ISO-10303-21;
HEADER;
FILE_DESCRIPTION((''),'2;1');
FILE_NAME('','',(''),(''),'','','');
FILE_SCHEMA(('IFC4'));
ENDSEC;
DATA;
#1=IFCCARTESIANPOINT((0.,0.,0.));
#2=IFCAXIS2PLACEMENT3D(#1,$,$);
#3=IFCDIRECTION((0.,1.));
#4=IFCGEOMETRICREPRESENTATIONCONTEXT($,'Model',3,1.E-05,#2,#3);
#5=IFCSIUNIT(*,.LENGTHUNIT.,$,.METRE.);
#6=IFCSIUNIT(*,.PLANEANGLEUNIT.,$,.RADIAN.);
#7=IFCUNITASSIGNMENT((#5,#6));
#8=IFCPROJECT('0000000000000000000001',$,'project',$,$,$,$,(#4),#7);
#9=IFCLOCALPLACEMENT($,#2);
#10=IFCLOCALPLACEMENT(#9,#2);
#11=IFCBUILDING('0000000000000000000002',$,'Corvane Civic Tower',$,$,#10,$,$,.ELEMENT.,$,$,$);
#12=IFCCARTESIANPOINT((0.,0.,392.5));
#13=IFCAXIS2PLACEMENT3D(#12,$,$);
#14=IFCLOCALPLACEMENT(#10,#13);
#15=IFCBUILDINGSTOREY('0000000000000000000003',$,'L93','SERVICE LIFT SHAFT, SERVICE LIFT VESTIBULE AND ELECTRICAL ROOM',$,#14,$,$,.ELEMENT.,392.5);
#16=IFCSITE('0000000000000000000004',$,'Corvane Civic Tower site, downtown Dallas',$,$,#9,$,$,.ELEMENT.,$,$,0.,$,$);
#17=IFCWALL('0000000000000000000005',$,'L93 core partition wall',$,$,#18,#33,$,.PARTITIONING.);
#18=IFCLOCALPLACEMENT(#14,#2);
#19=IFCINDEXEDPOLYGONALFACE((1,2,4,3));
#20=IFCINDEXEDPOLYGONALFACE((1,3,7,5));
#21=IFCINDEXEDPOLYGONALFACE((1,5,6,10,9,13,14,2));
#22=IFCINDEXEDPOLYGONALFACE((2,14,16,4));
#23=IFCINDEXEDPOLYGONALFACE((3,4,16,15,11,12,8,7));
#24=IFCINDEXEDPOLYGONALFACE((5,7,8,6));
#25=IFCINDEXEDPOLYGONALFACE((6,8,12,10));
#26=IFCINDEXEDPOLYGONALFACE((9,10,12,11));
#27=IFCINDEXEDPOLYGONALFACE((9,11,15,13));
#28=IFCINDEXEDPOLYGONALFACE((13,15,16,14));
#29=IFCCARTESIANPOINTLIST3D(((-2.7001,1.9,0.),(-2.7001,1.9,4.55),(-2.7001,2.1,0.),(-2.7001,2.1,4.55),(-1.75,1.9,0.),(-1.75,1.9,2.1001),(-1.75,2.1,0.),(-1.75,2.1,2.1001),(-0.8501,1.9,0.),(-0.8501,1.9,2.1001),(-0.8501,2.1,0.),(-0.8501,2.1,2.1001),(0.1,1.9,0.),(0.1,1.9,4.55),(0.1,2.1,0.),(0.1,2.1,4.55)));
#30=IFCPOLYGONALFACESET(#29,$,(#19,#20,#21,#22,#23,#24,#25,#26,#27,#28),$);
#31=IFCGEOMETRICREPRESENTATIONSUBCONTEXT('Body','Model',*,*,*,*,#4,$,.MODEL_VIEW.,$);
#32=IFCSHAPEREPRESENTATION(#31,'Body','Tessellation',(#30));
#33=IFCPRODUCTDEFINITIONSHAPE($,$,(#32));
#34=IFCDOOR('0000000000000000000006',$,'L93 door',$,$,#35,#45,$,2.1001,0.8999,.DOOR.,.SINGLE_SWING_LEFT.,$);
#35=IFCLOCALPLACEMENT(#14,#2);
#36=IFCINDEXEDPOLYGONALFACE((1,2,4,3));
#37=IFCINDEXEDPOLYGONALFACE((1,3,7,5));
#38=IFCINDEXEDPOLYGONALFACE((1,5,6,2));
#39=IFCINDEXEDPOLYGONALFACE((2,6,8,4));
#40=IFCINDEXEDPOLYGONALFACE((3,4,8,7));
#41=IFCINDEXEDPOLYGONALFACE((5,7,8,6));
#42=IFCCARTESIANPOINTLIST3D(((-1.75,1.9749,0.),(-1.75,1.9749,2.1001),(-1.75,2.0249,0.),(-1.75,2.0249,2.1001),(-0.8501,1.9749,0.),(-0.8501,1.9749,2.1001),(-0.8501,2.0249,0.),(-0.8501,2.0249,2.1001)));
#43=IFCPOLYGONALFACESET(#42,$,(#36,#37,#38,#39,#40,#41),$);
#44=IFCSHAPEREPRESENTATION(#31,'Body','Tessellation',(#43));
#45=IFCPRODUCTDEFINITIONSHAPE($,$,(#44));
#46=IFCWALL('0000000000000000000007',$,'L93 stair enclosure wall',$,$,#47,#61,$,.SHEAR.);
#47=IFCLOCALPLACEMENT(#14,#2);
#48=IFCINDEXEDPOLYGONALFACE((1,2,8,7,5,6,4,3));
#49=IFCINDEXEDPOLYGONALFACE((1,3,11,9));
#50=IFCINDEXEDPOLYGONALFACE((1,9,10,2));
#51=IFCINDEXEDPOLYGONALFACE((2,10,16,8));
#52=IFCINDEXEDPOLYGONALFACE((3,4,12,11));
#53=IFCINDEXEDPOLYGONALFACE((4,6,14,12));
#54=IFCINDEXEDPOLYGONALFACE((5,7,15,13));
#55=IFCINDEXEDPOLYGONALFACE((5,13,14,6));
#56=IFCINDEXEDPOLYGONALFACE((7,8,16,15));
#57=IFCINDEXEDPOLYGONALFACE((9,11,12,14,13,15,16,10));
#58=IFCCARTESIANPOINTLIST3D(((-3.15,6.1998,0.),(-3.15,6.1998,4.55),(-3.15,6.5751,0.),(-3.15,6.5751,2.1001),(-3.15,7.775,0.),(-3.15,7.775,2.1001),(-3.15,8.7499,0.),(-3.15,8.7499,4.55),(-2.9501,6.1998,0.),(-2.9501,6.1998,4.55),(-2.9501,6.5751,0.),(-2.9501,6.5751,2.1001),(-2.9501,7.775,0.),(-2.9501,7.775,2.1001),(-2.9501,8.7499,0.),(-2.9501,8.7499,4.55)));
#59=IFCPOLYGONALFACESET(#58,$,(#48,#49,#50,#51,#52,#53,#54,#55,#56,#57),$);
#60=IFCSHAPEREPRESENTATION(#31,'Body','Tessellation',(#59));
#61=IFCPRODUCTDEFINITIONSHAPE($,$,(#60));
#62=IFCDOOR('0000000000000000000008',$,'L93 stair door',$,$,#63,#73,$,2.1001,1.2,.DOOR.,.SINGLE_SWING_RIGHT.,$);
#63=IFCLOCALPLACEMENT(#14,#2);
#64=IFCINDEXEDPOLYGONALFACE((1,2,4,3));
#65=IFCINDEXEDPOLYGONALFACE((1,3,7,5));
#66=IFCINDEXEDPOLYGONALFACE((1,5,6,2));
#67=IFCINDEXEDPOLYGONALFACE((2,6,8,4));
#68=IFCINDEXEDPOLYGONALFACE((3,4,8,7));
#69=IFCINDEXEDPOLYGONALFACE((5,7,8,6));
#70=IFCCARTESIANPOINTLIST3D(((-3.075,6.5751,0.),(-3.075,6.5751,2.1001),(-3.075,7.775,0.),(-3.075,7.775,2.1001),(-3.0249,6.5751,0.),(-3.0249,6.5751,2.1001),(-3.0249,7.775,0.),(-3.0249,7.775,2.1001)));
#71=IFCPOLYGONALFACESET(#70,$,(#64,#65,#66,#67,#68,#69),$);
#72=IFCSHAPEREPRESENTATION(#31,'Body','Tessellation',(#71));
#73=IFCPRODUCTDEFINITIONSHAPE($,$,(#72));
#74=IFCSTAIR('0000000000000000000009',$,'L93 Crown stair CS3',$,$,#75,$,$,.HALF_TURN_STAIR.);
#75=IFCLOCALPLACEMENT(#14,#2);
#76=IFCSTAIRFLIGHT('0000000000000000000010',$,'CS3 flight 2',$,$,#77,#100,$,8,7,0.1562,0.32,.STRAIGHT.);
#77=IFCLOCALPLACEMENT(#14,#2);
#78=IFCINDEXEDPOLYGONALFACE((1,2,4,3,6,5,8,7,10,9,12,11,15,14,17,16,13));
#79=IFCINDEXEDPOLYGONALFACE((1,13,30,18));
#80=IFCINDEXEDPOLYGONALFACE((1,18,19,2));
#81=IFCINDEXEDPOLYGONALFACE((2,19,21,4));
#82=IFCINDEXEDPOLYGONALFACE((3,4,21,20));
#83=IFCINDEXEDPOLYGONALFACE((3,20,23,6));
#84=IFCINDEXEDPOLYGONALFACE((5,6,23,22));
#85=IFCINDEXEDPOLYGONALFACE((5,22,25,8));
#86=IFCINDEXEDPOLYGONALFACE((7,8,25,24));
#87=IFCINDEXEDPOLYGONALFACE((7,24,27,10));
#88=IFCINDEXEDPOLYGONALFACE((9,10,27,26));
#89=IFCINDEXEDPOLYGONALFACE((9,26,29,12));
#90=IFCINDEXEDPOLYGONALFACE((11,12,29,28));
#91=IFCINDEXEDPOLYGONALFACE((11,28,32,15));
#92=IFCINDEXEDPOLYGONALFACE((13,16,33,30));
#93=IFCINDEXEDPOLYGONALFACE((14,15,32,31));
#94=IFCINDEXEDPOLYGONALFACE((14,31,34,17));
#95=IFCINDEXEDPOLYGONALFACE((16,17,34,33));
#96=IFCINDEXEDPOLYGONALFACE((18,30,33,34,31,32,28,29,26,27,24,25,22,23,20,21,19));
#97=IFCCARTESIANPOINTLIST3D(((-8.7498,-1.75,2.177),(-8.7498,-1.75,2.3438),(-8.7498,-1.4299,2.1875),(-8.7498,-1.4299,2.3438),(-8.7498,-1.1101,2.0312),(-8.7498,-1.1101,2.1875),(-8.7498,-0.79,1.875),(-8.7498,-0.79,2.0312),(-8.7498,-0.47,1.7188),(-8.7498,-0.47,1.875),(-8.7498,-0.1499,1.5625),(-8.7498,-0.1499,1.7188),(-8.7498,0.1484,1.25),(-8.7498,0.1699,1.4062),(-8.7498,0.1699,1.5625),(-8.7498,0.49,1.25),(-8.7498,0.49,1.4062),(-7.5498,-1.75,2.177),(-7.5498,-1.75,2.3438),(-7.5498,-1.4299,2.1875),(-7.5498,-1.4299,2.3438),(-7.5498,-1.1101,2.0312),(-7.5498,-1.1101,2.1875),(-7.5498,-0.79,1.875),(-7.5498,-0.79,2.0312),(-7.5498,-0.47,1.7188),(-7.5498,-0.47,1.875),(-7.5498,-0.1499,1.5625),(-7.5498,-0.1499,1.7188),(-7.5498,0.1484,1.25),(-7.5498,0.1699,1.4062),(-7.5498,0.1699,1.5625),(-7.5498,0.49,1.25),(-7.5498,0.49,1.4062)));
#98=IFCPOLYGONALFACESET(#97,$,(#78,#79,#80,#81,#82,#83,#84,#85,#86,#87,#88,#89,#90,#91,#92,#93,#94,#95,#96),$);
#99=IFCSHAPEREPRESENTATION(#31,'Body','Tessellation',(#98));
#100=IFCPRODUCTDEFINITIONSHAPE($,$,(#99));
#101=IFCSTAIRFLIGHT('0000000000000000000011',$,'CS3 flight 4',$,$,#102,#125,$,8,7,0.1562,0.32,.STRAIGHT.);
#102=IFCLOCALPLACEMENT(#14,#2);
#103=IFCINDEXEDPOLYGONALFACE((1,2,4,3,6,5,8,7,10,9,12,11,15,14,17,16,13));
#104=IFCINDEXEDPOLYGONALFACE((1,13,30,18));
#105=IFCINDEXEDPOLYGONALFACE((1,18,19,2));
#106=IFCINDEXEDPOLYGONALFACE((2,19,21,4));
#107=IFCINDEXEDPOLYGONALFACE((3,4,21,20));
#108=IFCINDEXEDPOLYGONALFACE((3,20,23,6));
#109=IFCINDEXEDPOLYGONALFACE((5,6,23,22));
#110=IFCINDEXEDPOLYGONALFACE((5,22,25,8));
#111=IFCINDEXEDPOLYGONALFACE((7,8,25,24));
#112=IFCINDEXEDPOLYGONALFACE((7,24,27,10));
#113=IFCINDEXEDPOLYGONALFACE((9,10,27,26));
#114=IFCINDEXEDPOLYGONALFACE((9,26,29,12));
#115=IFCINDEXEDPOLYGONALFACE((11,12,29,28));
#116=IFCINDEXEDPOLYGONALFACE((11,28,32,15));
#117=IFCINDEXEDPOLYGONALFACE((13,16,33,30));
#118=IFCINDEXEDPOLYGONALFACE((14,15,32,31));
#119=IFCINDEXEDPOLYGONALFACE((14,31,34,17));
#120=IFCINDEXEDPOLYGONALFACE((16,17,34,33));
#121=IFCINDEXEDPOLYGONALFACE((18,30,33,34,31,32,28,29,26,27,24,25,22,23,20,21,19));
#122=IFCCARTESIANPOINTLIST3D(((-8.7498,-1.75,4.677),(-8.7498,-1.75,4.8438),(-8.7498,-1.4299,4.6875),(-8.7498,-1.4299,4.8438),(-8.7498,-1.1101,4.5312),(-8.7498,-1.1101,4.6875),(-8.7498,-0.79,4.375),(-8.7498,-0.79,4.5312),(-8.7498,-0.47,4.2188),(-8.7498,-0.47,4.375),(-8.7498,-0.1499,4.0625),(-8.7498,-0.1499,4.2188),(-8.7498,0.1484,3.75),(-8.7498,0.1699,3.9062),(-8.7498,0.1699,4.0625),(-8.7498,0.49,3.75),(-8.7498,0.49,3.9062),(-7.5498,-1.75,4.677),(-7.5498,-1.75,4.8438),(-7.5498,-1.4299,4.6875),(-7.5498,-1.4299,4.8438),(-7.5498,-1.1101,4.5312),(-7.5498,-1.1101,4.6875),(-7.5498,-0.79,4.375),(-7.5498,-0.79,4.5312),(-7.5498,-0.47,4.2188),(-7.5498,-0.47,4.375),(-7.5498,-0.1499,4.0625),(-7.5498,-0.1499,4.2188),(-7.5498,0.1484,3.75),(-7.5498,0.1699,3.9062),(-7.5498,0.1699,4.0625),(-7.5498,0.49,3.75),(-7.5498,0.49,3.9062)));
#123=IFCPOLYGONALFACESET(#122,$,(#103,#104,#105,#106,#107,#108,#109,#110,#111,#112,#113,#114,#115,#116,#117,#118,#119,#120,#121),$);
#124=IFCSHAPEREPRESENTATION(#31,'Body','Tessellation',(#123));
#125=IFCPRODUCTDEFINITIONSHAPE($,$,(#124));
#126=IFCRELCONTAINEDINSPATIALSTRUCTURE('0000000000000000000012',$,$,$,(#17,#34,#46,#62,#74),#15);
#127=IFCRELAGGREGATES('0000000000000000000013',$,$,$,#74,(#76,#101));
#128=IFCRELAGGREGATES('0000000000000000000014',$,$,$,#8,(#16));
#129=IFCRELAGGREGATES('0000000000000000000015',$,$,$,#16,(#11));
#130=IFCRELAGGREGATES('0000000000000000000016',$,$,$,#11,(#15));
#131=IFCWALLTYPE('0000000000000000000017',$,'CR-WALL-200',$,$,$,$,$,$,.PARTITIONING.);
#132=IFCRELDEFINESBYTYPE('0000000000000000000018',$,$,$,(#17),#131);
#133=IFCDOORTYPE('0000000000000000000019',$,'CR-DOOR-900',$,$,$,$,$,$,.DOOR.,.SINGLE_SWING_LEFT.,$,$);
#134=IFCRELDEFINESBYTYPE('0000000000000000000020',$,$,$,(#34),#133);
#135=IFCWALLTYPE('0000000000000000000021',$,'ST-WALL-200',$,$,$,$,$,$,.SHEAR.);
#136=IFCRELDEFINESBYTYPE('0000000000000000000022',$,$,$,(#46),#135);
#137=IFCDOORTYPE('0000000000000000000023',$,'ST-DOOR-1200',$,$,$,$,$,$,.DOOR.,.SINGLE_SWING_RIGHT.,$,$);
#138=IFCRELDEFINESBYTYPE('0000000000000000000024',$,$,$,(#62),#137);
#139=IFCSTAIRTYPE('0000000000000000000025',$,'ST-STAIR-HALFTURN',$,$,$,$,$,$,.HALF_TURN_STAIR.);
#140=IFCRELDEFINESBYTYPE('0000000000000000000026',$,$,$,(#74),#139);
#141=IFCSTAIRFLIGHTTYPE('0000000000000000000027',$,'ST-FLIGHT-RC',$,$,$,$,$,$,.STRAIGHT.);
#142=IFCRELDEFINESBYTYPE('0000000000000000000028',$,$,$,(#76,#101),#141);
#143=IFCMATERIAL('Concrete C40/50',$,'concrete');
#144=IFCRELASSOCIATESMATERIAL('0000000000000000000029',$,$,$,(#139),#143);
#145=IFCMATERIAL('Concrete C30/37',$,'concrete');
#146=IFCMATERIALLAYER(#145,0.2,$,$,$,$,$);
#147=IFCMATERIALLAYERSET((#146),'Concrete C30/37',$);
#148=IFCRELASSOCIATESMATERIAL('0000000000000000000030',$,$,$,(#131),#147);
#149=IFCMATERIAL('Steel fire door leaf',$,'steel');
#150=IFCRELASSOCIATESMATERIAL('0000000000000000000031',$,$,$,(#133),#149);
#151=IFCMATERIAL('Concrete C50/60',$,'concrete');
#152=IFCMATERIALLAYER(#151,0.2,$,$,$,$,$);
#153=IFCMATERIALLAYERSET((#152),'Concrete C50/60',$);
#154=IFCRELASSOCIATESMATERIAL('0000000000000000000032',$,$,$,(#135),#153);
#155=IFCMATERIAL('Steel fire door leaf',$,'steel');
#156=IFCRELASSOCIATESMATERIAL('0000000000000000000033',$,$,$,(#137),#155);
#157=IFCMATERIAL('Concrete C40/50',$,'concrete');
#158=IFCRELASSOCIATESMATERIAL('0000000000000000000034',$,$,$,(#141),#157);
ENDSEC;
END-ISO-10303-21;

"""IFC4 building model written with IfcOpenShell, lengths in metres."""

from ifc_helpers import new_model, si_unit, direction, frame, frame_2d, origin, place, context, subcontext, project, spatial, polyline, rectangle, outline, extrude, material, layer, layer_set, type_object, element, fill, aggregate, save


model = new_model("IFC4")

# Units and contexts
model_context = context("Model", 3, precision=1e-05, world=origin(), true_north=direction((0.0, 1.0)))
body_context = subcontext(model_context, "Body", "Model", "MODEL_VIEW")
ifc_project = project(units=[si_unit("LENGTHUNIT", "METRE"), si_unit("PLANEANGLEUNIT", "RADIAN")], contexts=[model_context])

# Site, building, storey
site_placement = place(None, origin())
site = spatial("IfcSite", under=ifc_project, at=site_placement, Name="Corvane Civic Tower site, downtown Dallas", CompositionType="ELEMENT", RefElevation=0.0)
building_placement = place(site_placement, origin())
building = spatial("IfcBuilding", under=site, at=building_placement, Name="Corvane Civic Tower", CompositionType="ELEMENT")
storey_placement = place(building_placement, frame((0.0, 0.0, 392.5)))
storey = spatial("IfcBuildingStorey", under=building, at=storey_placement, Name="L93", Description="SERVICE LIFT SHAFT, SERVICE LIFT VESTIBULE AND ELECTRICAL ROOM", CompositionType="ELEMENT", Elevation=392.5)

# Shared definitions
ifc_material_1 = material(Name="Concrete C40/50", Category="concrete")
stair_type = type_object("IfcStairType", Name="ST-STAIR-HALFTURN", PredefinedType="HALF_TURN_STAIR", material=ifc_material_1)

# Walls, openings, doors
ifc_material_2 = material(Name="Concrete C30/37", Category="concrete")
ifc_layer_1 = layer(ifc_material_2, 0.2)
ifc_layer_set_1 = layer_set([ifc_layer_1], Name="Concrete C30/37")
wall_type_1 = type_object("IfcWallType", Name="CR-WALL-200", PredefinedType="PARTITIONING", material=ifc_layer_set_1)
wall_1_placement = place(storey_placement, frame((-2.7, 2.0, 0.0), z_axis=(0.0, 0.0, 1.0), x_axis=(1.0, 0.0, 0.0)))
wall_1 = element("IfcWall", 1, at=wall_1_placement, inside=storey, type_object=wall_type_1, Name="L93 core partition wall", PredefinedType="PARTITIONING", context=body_context, shape_type="SweptSolid", body=[
    extrude(rectangle(XDim=2.8, YDim=0.2, at=frame_2d((1.3999, 0.0))), origin(), (0.0, 0.0, 1.0), 4.55),
])
opening_1_placement = place(wall_1_placement, frame((0.95, 0.0, 0.0)))
opening_1 = element("IfcOpeningElement", 2, at=opening_1_placement, cuts=wall_1, PredefinedType="OPENING", context=body_context, shape_type="SweptSolid", body=[
    extrude(rectangle(XDim=0.8999, YDim=2.1001, at=frame_2d((0.45, 1.05))), frame((0.0, 0.1099, 0.0), z_axis=(0.0, -1.0, 0.0), x_axis=(1.0, 0.0, 0.0)), (0.0, 0.0, 1.0), 0.22),
])
ifc_material_3 = material(Name="Steel fire door leaf", Category="steel")
door_type_1 = type_object("IfcDoorType", Name="CR-DOOR-900", OperationType="SINGLE_SWING_LEFT", PredefinedType="DOOR", material=ifc_material_3)
door_1_placement = place(opening_1_placement, origin())
door_1 = element("IfcDoor", 3, at=door_1_placement, inside=storey, type_object=door_type_1, Name="L93 door", OperationType="SINGLE_SWING_LEFT", OverallHeight=2.1001, OverallWidth=0.8999, PredefinedType="DOOR", context=body_context, shape_type="SweptSolid", body=[
    extrude(rectangle(XDim=0.8999, YDim=2.1001, at=frame_2d((0.45, 1.05))), frame((0.0, 0.0249, 0.0), z_axis=(0.0, -1.0, 0.0), x_axis=(1.0, 0.0, 0.0)), (0.0, 0.0, 1.0), 0.05),
])
fill(opening_1, door_1)
ifc_material_4 = material(Name="Concrete C50/60", Category="concrete")
ifc_layer_2 = layer(ifc_material_4, 0.2)
ifc_layer_set_2 = layer_set([ifc_layer_2], Name="Concrete C50/60")
wall_type_2 = type_object("IfcWallType", Name="ST-WALL-200", PredefinedType="SHEAR", material=ifc_layer_set_2)
wall_2_placement = place(storey_placement, frame((-3.05, 6.2, 0.0), z_axis=(0.0, 0.0, 1.0), x_axis=(0.0, 1.0, 0.0)))
wall_2 = element("IfcWall", 4, at=wall_2_placement, inside=storey, type_object=wall_type_2, Name="L93 stair enclosure wall", PredefinedType="SHEAR", context=body_context, shape_type="SweptSolid", body=[
    extrude(rectangle(XDim=2.55, YDim=0.2, at=frame_2d((1.2749, 0.0))), origin(), (0.0, 0.0, 1.0), 4.55),
])
opening_2_placement = place(wall_2_placement, frame((0.375, 0.0, 0.0)))
opening_2 = element("IfcOpeningElement", 5, at=opening_2_placement, cuts=wall_2, PredefinedType="OPENING", context=body_context, shape_type="SweptSolid", body=[
    extrude(rectangle(XDim=1.2, YDim=2.1001, at=frame_2d((0.6001, 1.05))), frame((0.0, 0.1099, 0.0), z_axis=(0.0, -1.0, 0.0), x_axis=(1.0, 0.0, 0.0)), (0.0, 0.0, 1.0), 0.22),
])
ifc_material_5 = material(Name="Steel fire door leaf", Category="steel")
door_type_2 = type_object("IfcDoorType", Name="ST-DOOR-1200", OperationType="SINGLE_SWING_RIGHT", PredefinedType="DOOR", material=ifc_material_5)
door_2_placement = place(opening_2_placement, origin())
door_2 = element("IfcDoor", 6, at=door_2_placement, inside=storey, type_object=door_type_2, Name="L93 stair door", OperationType="SINGLE_SWING_RIGHT", OverallHeight=2.1001, OverallWidth=1.2, PredefinedType="DOOR", context=body_context, shape_type="SweptSolid", body=[
    extrude(rectangle(XDim=1.2, YDim=2.1001, at=frame_2d((0.6001, 1.05))), frame((0.0, 0.0249, 0.0), z_axis=(0.0, -1.0, 0.0), x_axis=(1.0, 0.0, 0.0)), (0.0, 0.0, 1.0), 0.05),
])
fill(opening_2, door_2)

# Stair, stair flights
stair_1_placement = place(storey_placement, origin())
stair_1 = element("IfcStair", 7, at=stair_1_placement, inside=storey, type_object=stair_type, Name="L93 Crown stair CS3", PredefinedType="HALF_TURN_STAIR")
ifc_material_6 = material(Name="Concrete C40/50", Category="concrete")
stair_flight_type = type_object("IfcStairFlightType", Name="ST-FLIGHT-RC", PredefinedType="STRAIGHT", material=ifc_material_6)
stair_flight_1_placement = place(storey_placement, frame((-8.1499, 0.49, 1.25), z_axis=(0.0, 0.0, 1.0), x_axis=(0.0, -1.0, 0.0)))
stair_flight_1 = element("IfcStairFlight", 8, at=stair_flight_1_placement, type_object=stair_flight_type, Name="CS3 flight 2", NumberOfRisers=8, NumberOfTreads=7, PredefinedType="STRAIGHT", RiserHeight=0.1562, TreadLength=0.32, context=body_context, shape_type="SweptSolid", body=[
    extrude(outline(polyline([(0.0, 0.0), (0.0, 0.1562), (0.3201, 0.1562), (0.3201, 0.3125), (0.6399, 0.3125), (0.6399, 0.4688), (0.96, 0.4688), (0.96, 0.625), (1.28, 0.625), (1.28, 0.7812), (1.6001, 0.7812), (1.6001, 0.9375), (1.9199, 0.9375), (1.9199, 1.0938), (2.24, 1.0938), (2.24, 1.25), (2.24, 0.927), (0.3416, 0.0), (0.0, 0.0)])), frame((0.0, 0.6001, 0.0), z_axis=(0.0, -1.0, 0.0), x_axis=(1.0, 0.0, 0.0)), (0.0, 0.0, 1.0), 1.2),
])
stair_flight_2_placement = place(storey_placement, frame((-8.1499, 0.49, 3.75), z_axis=(0.0, 0.0, 1.0), x_axis=(0.0, -1.0, 0.0)))
stair_flight_2 = element("IfcStairFlight", 9, at=stair_flight_2_placement, type_object=stair_flight_type, Name="CS3 flight 4", NumberOfRisers=8, NumberOfTreads=7, PredefinedType="STRAIGHT", RiserHeight=0.1562, TreadLength=0.32, context=body_context, shape_type="SweptSolid", body=[
    extrude(outline(polyline([(0.0, 0.0), (0.0, 0.1562), (0.3201, 0.1562), (0.3201, 0.3125), (0.6399, 0.3125), (0.6399, 0.4688), (0.96, 0.4688), (0.96, 0.625), (1.28, 0.625), (1.28, 0.7812), (1.6001, 0.7812), (1.6001, 0.9375), (1.9199, 0.9375), (1.9199, 1.0938), (2.24, 1.0938), (2.24, 1.25), (2.24, 0.927), (0.3416, 0.0), (0.0, 0.0)])), frame((0.0, 0.6001, 0.0), z_axis=(0.0, -1.0, 0.0), x_axis=(1.0, 0.0, 0.0)), (0.0, 0.0, 1.0), 1.2),
])
aggregate(stair_1, [stair_flight_1, stair_flight_2])

save(model, "model.ifc")
